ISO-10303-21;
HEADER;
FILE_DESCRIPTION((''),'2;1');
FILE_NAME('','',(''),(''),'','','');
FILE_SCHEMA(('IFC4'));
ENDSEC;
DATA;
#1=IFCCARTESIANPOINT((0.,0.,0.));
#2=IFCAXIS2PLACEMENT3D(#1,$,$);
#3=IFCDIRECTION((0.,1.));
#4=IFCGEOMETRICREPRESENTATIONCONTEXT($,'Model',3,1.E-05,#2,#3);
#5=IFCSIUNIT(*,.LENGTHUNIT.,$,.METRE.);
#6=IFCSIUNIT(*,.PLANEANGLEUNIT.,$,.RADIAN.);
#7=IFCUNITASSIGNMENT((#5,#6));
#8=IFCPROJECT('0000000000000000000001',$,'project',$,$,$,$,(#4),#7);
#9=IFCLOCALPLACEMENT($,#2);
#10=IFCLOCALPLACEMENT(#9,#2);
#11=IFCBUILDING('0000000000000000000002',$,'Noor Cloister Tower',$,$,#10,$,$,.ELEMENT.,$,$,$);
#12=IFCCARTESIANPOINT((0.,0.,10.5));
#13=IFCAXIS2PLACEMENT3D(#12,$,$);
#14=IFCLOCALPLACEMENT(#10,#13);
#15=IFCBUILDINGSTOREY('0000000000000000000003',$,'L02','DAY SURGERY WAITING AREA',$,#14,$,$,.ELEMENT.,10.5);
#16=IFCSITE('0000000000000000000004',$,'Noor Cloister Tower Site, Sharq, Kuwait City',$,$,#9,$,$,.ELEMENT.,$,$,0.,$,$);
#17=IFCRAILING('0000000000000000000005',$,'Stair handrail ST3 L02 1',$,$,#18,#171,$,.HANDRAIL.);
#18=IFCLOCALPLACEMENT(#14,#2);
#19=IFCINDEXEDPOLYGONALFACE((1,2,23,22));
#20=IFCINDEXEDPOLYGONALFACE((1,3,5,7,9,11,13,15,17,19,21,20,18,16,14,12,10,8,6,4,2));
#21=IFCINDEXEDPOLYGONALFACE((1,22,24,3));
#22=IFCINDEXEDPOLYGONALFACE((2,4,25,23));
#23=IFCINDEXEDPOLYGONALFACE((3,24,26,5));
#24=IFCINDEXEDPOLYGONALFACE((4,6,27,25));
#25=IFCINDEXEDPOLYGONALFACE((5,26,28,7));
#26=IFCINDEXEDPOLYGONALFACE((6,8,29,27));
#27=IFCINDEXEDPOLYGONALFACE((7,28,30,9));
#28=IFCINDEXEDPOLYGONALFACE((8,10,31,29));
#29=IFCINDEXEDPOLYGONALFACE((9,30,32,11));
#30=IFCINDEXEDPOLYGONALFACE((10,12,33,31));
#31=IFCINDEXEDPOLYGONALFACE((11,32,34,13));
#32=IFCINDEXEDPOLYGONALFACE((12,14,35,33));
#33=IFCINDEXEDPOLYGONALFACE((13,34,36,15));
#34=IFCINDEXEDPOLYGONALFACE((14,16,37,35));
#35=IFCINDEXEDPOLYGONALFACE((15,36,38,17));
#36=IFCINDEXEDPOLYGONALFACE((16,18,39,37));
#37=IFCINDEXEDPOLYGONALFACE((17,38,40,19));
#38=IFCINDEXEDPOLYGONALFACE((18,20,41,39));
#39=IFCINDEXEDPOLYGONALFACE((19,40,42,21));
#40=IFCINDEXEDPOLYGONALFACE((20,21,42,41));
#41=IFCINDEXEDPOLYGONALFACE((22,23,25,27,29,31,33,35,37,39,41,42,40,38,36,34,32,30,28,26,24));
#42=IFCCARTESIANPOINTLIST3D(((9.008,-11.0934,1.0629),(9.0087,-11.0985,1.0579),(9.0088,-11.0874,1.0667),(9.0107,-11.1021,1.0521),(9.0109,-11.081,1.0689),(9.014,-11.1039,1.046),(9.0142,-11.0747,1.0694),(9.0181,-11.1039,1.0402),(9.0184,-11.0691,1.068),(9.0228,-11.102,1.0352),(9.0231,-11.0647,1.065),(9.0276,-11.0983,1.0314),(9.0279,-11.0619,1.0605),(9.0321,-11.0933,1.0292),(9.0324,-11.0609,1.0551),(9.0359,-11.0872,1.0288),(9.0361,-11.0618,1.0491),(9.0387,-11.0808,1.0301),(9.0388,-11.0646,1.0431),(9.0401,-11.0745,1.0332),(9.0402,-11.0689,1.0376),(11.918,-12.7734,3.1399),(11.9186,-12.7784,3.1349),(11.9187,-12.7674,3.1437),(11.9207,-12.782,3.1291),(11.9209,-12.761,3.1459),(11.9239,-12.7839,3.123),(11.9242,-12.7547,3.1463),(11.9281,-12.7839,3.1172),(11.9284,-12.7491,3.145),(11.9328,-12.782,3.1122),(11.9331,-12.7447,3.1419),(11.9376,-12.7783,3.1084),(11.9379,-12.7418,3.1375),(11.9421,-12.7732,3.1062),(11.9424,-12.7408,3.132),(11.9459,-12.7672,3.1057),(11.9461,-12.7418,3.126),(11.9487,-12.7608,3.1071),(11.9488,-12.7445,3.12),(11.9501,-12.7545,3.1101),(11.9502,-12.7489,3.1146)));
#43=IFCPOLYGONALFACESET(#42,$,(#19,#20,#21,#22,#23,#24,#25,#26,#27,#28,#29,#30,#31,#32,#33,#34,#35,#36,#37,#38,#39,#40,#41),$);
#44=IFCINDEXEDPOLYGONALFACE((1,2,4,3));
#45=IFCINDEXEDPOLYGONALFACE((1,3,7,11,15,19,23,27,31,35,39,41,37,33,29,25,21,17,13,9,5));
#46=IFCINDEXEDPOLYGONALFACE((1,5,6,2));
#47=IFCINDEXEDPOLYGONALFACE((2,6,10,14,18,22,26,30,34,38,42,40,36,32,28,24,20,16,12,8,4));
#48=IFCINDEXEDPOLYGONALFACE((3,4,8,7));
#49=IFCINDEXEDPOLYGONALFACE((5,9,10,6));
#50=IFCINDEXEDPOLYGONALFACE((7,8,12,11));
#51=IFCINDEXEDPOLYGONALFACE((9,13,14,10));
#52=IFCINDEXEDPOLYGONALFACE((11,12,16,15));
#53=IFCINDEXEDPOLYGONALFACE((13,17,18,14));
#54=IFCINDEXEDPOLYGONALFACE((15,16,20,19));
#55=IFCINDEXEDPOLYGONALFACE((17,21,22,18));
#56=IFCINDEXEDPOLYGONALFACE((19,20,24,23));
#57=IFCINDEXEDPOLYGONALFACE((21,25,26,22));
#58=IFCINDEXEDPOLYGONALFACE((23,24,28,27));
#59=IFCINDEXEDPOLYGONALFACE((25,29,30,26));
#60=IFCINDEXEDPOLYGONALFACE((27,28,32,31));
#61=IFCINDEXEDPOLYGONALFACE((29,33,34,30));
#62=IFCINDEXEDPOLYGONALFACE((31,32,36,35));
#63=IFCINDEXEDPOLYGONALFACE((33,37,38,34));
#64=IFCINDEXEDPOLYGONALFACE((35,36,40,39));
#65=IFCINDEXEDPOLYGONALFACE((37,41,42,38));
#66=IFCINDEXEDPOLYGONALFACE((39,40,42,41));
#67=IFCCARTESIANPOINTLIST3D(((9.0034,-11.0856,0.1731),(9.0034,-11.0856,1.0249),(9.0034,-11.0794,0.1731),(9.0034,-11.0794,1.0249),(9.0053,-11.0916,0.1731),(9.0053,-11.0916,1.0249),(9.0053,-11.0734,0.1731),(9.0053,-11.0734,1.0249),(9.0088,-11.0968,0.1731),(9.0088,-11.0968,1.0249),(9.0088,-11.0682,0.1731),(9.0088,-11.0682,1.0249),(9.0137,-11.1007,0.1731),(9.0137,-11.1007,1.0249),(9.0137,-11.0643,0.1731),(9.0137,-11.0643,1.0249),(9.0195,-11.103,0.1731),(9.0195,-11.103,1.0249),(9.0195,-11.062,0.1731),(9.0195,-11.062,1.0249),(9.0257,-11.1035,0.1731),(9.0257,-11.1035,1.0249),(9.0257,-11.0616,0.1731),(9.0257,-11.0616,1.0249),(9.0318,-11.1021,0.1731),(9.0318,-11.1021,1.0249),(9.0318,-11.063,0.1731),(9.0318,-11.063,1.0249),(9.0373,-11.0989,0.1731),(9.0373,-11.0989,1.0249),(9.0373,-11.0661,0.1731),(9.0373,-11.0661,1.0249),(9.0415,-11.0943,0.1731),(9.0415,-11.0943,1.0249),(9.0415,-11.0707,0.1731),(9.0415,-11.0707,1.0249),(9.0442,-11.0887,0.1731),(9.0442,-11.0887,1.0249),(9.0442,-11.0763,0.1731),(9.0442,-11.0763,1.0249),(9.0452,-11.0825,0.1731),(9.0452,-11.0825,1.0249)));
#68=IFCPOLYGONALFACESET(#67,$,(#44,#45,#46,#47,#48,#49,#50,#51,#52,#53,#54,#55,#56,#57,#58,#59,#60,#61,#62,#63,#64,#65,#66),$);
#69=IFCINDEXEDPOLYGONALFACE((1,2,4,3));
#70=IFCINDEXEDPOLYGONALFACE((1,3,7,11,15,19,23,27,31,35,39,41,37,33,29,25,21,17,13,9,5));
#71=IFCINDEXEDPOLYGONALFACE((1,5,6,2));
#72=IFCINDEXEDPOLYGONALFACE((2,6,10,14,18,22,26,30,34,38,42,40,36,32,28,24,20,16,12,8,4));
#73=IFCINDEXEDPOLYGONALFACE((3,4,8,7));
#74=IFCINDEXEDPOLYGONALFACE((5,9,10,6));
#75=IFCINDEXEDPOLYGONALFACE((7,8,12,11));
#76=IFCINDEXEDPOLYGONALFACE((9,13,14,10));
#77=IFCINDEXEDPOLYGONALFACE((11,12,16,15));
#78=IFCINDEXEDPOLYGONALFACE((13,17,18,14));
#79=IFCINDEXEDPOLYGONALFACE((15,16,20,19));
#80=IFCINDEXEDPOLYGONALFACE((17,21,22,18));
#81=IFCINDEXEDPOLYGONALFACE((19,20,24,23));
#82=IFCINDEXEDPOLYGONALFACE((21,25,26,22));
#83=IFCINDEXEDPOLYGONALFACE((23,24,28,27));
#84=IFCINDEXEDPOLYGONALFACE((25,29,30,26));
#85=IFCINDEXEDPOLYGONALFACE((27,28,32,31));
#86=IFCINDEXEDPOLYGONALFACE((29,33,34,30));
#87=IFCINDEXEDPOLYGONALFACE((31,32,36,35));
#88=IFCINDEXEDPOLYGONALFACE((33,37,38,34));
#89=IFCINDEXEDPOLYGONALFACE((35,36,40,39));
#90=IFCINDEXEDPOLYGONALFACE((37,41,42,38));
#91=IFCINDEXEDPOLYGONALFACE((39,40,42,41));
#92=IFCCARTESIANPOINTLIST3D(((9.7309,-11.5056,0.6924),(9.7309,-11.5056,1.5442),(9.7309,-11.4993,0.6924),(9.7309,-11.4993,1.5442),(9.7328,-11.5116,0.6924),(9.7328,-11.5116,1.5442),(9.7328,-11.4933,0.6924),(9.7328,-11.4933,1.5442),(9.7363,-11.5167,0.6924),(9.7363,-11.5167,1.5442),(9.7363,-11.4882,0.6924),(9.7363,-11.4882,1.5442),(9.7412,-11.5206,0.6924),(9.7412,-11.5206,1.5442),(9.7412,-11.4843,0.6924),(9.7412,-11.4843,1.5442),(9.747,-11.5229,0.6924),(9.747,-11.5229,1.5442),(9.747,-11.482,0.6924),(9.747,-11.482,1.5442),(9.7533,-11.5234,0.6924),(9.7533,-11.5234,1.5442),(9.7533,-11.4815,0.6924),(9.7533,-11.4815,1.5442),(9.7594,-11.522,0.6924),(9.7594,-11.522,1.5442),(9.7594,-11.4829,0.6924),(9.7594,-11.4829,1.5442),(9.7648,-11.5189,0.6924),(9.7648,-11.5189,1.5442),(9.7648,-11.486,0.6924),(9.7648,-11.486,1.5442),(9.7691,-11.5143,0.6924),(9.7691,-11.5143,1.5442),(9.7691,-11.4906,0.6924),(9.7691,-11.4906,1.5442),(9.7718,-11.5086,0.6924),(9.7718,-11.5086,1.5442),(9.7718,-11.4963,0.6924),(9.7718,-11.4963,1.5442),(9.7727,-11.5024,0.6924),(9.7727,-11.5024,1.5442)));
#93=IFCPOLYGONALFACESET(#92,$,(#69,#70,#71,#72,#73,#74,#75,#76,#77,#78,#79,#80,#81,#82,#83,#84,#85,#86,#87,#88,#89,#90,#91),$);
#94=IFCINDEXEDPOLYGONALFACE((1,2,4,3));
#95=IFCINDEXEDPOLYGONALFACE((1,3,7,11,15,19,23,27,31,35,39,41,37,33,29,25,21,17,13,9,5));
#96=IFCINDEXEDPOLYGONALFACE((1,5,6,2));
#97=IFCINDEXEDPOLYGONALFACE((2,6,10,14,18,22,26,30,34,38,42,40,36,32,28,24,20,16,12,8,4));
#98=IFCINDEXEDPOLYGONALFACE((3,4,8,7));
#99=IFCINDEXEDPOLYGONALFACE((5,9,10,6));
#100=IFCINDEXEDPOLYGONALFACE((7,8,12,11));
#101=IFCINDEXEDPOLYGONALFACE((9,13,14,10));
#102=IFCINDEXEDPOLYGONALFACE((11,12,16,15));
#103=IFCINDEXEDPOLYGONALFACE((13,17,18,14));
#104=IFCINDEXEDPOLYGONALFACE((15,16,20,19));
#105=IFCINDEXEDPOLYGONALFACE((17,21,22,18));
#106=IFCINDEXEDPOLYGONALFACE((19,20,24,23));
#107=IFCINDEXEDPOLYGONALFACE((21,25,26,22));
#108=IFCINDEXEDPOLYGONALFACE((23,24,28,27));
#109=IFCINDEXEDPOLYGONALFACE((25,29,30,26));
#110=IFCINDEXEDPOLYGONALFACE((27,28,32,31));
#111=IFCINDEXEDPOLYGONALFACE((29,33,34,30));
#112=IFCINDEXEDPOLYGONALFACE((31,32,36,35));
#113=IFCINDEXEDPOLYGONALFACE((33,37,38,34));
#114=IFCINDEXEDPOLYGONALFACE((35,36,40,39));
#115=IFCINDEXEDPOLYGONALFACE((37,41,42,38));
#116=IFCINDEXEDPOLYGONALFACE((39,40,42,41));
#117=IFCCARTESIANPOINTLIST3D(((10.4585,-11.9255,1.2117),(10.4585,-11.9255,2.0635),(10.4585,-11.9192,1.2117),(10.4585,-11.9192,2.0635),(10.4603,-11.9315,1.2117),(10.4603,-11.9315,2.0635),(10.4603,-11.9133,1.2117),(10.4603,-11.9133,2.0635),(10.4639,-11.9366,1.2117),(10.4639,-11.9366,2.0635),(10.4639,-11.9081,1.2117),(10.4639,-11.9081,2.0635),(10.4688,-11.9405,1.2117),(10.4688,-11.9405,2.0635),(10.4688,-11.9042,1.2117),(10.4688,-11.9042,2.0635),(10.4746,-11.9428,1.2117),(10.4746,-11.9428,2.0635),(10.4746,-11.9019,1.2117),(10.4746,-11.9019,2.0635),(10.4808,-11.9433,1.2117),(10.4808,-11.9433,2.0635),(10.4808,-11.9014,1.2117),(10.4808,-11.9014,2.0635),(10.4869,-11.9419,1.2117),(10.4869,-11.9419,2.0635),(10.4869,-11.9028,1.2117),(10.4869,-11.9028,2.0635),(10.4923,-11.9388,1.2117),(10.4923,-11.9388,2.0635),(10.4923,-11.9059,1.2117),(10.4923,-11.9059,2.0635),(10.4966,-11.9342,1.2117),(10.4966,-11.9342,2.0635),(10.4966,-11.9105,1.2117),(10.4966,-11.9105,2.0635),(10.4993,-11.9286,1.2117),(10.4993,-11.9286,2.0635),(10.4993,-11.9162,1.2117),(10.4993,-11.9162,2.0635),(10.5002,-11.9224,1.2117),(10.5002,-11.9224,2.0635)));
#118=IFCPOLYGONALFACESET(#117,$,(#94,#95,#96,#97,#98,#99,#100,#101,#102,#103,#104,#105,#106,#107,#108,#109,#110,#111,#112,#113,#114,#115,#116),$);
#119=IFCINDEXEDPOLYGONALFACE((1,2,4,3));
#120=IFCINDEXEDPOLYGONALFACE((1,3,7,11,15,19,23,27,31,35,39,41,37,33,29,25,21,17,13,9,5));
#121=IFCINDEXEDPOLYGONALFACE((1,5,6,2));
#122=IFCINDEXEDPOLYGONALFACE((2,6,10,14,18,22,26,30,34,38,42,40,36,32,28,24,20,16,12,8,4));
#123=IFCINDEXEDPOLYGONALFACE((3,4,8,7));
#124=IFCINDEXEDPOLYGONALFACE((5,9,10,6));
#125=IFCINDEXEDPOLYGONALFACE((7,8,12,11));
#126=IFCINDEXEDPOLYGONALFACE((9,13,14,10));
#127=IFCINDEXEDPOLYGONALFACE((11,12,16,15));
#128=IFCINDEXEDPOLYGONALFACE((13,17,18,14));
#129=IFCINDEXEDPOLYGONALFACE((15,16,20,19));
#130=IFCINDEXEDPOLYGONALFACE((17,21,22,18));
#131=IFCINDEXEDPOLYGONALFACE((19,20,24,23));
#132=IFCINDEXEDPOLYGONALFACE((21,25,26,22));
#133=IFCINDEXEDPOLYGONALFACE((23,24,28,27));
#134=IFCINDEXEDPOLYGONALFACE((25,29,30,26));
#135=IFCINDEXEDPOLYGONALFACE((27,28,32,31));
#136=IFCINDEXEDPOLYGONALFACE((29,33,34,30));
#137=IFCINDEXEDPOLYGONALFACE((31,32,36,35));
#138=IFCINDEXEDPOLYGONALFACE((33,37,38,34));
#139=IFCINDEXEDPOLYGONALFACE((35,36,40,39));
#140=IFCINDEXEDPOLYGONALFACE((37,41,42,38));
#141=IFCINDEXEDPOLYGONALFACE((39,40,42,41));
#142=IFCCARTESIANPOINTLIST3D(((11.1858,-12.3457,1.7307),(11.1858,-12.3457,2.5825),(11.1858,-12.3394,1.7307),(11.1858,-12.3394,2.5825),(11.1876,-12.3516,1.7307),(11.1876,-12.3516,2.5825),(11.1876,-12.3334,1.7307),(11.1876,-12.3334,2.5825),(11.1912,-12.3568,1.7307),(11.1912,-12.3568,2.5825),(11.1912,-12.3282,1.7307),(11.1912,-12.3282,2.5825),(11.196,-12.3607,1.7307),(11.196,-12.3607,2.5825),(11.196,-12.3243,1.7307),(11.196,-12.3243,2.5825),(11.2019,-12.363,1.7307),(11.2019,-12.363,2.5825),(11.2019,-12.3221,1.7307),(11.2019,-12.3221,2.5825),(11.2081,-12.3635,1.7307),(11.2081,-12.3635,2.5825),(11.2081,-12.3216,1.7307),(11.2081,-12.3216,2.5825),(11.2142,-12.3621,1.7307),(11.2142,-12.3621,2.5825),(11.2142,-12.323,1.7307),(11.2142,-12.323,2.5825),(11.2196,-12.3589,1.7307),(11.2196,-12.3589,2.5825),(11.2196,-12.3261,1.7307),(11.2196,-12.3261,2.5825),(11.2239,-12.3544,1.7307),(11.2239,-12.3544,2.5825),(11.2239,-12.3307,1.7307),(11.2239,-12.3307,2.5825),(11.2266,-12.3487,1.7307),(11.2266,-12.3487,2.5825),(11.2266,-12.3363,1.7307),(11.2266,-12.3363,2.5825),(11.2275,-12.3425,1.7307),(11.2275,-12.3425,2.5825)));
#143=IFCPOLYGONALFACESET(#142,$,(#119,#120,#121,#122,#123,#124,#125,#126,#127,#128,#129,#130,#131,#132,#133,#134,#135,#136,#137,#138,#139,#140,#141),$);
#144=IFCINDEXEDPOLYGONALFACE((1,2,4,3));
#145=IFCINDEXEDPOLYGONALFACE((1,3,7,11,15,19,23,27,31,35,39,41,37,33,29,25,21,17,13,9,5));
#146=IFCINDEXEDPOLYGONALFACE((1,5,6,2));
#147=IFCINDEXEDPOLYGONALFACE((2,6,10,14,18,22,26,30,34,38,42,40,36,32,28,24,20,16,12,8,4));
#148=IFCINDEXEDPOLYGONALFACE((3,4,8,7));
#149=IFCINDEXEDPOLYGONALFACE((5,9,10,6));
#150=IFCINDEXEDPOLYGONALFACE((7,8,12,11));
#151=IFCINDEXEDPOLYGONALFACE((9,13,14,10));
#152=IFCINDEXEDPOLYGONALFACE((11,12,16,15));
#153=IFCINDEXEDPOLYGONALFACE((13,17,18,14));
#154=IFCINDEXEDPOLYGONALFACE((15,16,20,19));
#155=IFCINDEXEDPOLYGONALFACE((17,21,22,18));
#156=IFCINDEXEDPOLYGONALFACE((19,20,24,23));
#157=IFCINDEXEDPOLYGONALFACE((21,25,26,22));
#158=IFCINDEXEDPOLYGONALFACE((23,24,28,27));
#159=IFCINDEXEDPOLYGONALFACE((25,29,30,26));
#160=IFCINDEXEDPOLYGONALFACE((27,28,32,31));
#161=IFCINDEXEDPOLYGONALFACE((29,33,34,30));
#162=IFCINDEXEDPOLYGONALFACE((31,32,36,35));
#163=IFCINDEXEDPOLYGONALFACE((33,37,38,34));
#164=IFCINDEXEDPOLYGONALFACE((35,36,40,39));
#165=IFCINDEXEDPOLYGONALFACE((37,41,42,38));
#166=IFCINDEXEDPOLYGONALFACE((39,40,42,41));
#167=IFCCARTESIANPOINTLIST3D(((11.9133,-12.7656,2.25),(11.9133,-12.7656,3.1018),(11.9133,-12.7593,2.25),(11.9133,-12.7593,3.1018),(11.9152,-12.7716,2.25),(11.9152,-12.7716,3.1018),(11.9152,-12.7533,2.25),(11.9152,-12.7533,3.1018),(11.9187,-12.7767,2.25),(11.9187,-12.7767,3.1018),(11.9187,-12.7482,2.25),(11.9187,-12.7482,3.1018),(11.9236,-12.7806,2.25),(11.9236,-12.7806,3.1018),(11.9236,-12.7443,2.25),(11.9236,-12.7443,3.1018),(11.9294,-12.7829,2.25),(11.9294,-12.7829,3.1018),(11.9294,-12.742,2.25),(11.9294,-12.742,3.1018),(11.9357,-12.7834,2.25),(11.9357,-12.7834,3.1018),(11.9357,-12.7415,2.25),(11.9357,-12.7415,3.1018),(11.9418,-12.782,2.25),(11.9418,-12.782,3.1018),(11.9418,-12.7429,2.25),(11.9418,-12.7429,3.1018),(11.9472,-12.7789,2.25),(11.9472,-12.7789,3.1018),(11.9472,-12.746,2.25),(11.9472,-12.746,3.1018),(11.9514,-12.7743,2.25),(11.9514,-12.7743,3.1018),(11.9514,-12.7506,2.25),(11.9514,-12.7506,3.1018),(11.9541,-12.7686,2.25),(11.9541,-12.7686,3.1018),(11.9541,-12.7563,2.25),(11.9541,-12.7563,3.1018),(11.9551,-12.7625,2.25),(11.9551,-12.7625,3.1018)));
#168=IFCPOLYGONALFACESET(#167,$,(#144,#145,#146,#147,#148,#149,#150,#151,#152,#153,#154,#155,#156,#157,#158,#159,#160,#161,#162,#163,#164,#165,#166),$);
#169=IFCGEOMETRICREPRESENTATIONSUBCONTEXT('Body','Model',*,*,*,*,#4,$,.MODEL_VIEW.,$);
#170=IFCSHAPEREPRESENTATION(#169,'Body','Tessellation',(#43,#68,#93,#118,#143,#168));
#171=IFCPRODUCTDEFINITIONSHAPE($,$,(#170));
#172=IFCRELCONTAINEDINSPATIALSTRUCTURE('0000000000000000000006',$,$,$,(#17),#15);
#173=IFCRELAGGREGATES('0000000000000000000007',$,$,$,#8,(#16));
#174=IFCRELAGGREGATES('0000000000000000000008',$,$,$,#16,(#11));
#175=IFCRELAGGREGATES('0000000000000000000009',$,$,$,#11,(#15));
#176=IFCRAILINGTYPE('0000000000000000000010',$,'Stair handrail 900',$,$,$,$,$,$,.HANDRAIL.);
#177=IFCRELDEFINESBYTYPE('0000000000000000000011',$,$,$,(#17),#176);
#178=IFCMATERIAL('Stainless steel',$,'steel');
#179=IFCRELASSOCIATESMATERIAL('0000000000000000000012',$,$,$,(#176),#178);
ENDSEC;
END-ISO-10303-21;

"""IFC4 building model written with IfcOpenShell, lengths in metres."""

from ifc_helpers import new_model, si_unit, direction, frame, origin, origin_2d, place, context, subcontext, project, spatial, circle, extrude, material, type_object, element, save


model = new_model("IFC4")

# Units and contexts
model_context = context("Model", 3, precision=1e-05, world=origin(), true_north=direction((0.0, 1.0)))
body_context = subcontext(model_context, "Body", "Model", "MODEL_VIEW")
ifc_project = project(units=[si_unit("LENGTHUNIT", "METRE"), si_unit("PLANEANGLEUNIT", "RADIAN")], contexts=[model_context])

# Site, building, storey
site_placement = place(None, origin())
site = spatial("IfcSite", under=ifc_project, at=site_placement, Name="Noor Cloister Tower Site, Sharq, Kuwait City", CompositionType="ELEMENT", RefElevation=0.0)
building_placement = place(site_placement, origin())
building = spatial("IfcBuilding", under=site, at=building_placement, Name="Noor Cloister Tower", CompositionType="ELEMENT")
storey_placement = place(building_placement, frame((0.0, 0.0, 10.5)))
storey = spatial("IfcBuildingStorey", under=building, at=storey_placement, Name="L02", Description="DAY SURGERY WAITING AREA", CompositionType="ELEMENT", Elevation=10.5)

# Railing
ifc_material_1 = material(Name="Stainless steel", Category="steel")
railing_type_1 = type_object("IfcRailingType", Name="Stair handrail 900", PredefinedType="HANDRAIL", material=ifc_material_1)
railing_1_placement = place(storey_placement, frame((9.0242, -11.0825, 0.1731)))
element("IfcRailing", 1, at=railing_1_placement, inside=storey, type_object=railing_type_1, Name="Stair handrail ST3 L02 1", PredefinedType="HANDRAIL", context=body_context, shape_type="SweptSolid", body=[
    extrude(circle(Radius=0.0239, at=origin_2d()), frame((0.0, 0.0, 0.876), z_axis=(0.736668, -0.425288, 0.525785), x_axis=(0.499976, 0.866039, 0.0)), (0.0, 0.0, 1.0), 3.9502),
    extrude(circle(Radius=0.021, at=origin_2d()), origin(), (0.0, 0.0, 1.0), 0.8518),
    extrude(circle(Radius=0.021, at=origin_2d()), frame((0.7275, -0.4199, 0.5193)), (0.0, 0.0, 1.0), 0.8518),
    extrude(circle(Radius=0.021, at=origin_2d()), frame((1.4551, -0.8398, 1.0386)), (0.0, 0.0, 1.0), 0.8518),
    extrude(circle(Radius=0.021, at=origin_2d()), frame((2.1824, -1.26, 1.5576)), (0.0, 0.0, 1.0), 0.8518),
    extrude(circle(Radius=0.021, at=origin_2d()), frame((2.9099, -1.6799, 2.0769)), (0.0, 0.0, 1.0), 0.8518),
])

save(model, "model.ifc")
